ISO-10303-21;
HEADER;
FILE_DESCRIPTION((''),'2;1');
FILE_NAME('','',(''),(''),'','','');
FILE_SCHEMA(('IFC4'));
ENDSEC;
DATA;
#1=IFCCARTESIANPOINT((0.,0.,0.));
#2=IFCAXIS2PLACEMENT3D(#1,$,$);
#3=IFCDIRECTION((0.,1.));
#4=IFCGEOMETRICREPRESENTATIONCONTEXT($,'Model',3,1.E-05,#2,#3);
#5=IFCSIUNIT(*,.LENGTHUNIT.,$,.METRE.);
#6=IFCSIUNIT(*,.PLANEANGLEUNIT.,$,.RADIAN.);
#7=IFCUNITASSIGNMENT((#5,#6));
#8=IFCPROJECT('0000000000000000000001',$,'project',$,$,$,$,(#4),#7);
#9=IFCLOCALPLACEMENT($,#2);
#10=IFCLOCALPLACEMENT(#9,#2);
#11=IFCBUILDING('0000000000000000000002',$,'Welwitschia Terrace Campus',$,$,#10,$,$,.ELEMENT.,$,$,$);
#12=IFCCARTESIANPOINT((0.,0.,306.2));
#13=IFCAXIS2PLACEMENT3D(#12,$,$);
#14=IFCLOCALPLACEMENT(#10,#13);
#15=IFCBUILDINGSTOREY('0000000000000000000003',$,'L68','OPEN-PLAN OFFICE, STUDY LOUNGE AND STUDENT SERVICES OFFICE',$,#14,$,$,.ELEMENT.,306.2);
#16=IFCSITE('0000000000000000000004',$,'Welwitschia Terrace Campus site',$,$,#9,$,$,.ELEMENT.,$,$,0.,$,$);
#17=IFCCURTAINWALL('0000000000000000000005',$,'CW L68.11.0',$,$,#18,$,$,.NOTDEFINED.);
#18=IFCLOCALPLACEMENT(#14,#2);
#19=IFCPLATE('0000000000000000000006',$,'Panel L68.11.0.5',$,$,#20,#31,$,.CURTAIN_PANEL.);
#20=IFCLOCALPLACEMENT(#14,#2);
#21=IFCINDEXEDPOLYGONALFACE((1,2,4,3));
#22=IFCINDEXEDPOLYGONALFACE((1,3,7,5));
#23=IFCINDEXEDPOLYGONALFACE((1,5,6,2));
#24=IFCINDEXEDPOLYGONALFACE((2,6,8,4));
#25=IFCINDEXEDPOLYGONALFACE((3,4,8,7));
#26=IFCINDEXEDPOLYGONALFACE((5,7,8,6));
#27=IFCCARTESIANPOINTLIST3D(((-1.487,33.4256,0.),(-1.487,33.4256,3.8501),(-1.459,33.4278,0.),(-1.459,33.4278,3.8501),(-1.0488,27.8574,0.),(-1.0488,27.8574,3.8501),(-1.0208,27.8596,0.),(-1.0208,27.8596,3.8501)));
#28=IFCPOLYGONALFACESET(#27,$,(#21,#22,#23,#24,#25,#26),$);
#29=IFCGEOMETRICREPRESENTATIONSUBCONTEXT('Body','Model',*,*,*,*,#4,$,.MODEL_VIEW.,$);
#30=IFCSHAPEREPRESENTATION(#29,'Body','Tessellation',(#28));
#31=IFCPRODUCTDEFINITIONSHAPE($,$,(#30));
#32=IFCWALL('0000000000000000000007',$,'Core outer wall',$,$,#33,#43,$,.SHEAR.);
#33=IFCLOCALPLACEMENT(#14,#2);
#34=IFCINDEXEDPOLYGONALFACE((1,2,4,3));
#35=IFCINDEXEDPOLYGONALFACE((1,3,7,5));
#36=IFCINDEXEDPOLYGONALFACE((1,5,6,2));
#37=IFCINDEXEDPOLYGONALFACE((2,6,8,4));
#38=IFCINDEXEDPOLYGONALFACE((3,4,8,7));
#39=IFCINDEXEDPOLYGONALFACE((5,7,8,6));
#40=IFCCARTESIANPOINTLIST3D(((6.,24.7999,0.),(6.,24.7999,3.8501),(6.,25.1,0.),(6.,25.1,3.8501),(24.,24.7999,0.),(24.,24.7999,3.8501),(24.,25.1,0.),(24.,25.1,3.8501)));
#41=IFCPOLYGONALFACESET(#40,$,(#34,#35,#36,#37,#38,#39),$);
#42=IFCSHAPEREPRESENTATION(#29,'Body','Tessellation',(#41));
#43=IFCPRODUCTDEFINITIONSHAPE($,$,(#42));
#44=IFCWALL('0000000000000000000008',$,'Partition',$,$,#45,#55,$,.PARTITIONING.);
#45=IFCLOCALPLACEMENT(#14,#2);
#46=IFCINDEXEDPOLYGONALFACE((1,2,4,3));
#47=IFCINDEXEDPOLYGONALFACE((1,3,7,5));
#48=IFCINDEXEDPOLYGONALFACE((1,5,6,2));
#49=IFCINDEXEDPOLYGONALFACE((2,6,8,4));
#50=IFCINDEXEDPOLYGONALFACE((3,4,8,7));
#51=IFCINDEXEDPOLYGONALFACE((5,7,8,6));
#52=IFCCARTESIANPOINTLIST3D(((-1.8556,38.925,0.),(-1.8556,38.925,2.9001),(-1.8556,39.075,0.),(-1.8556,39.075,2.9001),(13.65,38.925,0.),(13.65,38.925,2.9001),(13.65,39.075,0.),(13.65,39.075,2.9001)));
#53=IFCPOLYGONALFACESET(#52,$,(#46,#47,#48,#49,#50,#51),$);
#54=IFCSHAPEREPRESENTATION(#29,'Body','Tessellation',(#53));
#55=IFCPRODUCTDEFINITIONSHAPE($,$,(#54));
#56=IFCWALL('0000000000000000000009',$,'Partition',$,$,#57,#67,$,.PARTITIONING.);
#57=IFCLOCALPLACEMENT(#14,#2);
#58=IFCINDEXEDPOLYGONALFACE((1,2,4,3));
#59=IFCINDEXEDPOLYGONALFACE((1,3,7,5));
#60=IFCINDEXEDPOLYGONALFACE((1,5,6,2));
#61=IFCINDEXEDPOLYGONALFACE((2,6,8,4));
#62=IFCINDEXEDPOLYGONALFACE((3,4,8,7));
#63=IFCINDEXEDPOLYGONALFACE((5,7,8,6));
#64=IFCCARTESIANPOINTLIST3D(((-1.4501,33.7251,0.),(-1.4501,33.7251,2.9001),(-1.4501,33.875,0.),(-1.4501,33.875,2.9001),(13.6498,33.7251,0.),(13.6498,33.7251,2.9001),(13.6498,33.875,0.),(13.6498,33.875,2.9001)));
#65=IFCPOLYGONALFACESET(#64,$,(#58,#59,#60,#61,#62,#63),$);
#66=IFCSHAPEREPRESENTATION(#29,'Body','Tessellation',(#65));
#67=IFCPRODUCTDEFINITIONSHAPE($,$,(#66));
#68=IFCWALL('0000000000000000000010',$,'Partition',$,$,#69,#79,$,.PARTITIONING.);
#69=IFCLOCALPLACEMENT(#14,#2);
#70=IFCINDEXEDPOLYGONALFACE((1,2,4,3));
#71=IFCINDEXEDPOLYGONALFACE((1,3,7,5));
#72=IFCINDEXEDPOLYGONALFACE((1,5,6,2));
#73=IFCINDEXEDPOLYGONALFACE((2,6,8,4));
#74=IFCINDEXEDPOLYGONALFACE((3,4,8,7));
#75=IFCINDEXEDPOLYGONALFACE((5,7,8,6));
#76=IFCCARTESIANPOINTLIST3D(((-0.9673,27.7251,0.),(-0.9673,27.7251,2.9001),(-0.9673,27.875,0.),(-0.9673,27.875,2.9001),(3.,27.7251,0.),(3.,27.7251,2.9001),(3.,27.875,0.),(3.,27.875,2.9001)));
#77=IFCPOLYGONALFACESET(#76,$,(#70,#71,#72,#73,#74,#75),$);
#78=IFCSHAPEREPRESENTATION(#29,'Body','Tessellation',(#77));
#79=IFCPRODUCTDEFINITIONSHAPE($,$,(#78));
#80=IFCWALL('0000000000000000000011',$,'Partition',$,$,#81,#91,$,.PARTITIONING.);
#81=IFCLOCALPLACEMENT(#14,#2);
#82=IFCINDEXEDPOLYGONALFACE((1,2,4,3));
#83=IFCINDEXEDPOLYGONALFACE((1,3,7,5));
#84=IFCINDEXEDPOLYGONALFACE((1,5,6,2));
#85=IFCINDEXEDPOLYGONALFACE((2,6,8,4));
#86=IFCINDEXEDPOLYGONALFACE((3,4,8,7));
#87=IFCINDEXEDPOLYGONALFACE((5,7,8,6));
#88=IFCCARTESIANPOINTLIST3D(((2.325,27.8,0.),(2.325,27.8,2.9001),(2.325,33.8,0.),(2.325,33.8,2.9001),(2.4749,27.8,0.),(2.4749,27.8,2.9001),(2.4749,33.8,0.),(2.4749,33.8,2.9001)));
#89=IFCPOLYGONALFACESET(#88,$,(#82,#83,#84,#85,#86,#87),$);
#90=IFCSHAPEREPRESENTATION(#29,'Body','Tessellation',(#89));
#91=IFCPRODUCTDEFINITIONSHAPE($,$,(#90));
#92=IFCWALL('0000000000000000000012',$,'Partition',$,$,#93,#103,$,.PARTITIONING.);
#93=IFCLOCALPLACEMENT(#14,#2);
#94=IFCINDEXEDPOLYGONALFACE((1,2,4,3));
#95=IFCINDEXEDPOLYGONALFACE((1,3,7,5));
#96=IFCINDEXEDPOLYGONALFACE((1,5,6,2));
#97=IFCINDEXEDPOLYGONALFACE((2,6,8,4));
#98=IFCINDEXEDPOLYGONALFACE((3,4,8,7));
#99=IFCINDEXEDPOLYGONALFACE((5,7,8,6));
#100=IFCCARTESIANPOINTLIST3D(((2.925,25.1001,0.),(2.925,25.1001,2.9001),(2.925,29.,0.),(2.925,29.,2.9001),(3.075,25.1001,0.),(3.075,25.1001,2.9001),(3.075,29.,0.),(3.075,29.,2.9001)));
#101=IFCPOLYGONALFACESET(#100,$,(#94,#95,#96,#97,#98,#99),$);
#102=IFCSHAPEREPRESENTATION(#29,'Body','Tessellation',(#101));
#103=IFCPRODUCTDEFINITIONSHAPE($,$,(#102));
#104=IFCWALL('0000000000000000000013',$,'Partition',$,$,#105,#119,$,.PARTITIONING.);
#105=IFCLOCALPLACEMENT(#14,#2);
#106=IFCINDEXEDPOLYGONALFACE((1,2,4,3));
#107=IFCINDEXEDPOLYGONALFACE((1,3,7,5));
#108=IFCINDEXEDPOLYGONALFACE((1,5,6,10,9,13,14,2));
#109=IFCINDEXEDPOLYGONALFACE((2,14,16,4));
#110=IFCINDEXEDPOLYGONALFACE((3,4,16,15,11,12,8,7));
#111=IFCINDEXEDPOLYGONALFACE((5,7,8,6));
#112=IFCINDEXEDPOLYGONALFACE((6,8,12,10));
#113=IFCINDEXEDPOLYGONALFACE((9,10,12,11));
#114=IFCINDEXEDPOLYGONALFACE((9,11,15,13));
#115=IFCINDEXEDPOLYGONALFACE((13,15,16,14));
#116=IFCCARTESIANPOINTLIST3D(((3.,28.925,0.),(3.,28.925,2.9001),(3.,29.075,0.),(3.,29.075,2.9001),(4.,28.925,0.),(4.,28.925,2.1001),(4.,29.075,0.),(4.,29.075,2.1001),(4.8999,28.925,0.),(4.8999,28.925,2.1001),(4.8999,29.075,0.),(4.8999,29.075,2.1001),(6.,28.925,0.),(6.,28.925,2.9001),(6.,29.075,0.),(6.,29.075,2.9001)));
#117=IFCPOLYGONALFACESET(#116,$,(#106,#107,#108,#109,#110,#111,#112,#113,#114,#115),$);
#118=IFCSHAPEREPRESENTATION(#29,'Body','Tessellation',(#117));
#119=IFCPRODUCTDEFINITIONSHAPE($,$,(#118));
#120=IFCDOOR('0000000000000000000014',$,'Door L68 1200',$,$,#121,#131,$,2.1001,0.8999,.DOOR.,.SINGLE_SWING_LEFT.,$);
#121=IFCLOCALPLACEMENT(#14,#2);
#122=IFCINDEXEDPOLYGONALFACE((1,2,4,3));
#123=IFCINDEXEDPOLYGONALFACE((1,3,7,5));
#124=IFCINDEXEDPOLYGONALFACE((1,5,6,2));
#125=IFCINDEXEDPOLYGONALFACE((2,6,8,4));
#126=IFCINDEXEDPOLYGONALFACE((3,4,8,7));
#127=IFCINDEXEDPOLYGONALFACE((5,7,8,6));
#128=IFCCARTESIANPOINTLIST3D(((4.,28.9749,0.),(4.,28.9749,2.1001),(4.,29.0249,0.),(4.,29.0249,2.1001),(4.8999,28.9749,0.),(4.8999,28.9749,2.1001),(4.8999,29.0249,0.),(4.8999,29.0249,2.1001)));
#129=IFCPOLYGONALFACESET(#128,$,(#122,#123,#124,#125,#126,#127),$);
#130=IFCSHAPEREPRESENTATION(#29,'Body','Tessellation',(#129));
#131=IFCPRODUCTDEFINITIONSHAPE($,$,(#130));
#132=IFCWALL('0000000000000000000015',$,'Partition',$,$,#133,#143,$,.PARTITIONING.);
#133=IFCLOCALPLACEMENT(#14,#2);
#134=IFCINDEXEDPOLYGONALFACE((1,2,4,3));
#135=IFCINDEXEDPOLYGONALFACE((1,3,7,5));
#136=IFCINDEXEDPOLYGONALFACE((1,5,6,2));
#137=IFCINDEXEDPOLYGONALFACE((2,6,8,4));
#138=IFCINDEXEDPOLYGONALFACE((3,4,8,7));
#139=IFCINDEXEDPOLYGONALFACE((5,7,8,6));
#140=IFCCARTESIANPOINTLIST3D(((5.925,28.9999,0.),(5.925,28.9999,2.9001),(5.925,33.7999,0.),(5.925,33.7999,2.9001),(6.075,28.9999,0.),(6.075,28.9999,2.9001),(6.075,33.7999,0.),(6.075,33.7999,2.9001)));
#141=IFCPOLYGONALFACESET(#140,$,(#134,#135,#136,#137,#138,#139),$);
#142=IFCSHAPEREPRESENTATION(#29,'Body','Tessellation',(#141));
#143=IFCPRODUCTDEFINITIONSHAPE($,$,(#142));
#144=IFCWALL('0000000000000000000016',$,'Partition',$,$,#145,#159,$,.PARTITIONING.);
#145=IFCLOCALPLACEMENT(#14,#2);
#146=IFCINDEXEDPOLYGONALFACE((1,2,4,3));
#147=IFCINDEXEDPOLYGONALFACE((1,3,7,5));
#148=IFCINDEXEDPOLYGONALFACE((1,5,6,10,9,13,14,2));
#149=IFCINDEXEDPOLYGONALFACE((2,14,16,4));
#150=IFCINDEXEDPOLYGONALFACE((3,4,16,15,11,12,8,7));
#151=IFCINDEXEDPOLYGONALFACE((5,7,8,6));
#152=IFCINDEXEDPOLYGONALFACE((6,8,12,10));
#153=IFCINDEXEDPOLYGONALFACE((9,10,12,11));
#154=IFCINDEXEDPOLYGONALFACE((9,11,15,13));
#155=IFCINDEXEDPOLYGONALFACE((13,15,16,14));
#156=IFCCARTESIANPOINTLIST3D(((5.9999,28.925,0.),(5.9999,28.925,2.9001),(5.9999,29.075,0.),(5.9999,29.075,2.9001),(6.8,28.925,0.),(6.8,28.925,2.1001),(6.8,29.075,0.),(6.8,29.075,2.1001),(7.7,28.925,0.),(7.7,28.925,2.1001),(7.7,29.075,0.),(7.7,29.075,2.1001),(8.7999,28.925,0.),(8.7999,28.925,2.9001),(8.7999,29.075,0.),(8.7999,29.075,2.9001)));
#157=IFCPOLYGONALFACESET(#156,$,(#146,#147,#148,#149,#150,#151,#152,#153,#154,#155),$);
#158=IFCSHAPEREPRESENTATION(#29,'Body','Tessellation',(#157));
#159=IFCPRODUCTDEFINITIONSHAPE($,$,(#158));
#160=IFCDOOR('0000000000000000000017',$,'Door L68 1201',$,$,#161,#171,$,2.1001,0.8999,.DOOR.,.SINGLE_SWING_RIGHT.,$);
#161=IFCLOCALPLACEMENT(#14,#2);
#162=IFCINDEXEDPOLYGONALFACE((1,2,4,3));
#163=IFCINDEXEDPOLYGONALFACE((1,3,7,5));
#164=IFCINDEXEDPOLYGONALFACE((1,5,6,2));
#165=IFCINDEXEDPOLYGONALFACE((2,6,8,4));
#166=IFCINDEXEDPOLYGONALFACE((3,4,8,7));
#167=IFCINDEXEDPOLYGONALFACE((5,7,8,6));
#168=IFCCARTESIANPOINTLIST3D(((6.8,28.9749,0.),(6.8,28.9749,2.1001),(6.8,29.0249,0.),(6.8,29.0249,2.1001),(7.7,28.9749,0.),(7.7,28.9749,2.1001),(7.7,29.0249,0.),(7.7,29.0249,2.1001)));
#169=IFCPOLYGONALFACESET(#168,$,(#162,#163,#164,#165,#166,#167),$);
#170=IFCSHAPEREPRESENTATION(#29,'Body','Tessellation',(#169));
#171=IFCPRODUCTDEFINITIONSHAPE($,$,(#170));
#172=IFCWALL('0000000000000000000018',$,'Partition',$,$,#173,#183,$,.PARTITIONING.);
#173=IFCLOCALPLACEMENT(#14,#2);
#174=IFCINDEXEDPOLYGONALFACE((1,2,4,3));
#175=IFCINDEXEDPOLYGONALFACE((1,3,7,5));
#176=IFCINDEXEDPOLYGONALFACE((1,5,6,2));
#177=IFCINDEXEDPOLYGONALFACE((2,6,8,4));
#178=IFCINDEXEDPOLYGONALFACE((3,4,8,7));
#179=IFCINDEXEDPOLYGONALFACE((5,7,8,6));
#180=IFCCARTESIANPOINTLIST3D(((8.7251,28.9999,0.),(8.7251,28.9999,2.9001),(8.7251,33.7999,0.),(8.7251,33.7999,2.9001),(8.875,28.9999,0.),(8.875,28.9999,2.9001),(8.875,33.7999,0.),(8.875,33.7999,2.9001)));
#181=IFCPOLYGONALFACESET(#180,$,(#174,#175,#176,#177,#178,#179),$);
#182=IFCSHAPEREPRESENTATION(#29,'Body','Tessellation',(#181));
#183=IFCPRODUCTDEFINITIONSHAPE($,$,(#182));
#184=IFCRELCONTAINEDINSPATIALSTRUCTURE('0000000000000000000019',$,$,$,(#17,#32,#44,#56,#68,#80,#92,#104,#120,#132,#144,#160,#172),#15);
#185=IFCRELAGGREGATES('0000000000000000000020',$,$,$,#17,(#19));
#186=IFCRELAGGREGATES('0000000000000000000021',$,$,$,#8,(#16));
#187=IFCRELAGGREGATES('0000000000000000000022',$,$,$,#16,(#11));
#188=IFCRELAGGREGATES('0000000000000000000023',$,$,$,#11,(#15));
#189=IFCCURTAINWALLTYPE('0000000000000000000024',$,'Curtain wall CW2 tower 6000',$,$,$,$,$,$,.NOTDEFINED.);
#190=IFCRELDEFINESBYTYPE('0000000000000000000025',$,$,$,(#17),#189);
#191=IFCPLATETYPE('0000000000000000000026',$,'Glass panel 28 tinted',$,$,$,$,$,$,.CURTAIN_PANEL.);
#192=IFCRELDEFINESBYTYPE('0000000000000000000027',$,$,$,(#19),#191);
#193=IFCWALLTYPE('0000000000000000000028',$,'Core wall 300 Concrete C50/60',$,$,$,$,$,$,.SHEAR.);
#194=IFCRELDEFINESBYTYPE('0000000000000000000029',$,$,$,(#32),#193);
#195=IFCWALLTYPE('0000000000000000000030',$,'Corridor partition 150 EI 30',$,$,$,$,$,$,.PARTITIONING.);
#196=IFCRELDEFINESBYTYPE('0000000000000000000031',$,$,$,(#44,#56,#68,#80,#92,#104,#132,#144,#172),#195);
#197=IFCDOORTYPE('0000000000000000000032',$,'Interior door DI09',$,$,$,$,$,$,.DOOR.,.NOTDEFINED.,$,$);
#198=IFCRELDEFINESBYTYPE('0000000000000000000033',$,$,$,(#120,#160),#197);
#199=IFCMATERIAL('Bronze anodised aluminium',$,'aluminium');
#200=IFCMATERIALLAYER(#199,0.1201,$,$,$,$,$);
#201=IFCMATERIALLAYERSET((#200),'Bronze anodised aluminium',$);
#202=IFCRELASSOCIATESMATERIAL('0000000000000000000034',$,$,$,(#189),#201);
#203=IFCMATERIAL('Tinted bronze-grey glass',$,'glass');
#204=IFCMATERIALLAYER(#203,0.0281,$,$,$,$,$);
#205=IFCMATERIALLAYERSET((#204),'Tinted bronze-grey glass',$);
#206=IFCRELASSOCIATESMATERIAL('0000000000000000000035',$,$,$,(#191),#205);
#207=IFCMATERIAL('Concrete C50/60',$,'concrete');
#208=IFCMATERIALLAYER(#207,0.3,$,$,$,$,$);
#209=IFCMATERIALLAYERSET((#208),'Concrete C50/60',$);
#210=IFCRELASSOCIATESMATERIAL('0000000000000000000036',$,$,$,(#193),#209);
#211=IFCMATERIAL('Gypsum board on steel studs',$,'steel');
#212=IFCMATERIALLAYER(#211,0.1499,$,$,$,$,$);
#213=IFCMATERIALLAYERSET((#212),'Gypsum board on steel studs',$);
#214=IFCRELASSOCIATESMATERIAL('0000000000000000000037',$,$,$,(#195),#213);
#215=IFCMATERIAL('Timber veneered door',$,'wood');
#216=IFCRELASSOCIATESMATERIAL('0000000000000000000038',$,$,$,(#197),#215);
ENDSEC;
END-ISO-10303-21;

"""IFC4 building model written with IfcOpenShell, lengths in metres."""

from ifc_helpers import new_model, si_unit, direction, frame, frame_2d, origin, origin_2d, place, context, subcontext, project, spatial, rectangle, extrude, material, layer, layer_set, type_object, element, fill, aggregate, save


model = new_model("IFC4")

# Units and contexts
model_context = context("Model", 3, precision=1e-05, world=origin(), true_north=direction((0.0, 1.0)))
body_context = subcontext(model_context, "Body", "Model", "MODEL_VIEW")
ifc_project = project(units=[si_unit("LENGTHUNIT", "METRE"), si_unit("PLANEANGLEUNIT", "RADIAN")], contexts=[model_context])

# Site, building, storey
site_placement = place(None, origin())
site = spatial("IfcSite", under=ifc_project, at=site_placement, Name="Welwitschia Terrace Campus site", CompositionType="ELEMENT", RefElevation=0.0)
building_placement = place(site_placement, origin())
building = spatial("IfcBuilding", under=site, at=building_placement, Name="Welwitschia Terrace Campus", CompositionType="ELEMENT")
storey_placement = place(building_placement, frame((0.0, 0.0, 306.2)))
storey = spatial("IfcBuildingStorey", under=building, at=storey_placement, Name="L68", Description="OPEN-PLAN OFFICE, STUDY LOUNGE AND STUDENT SERVICES OFFICE", CompositionType="ELEMENT", Elevation=306.2)

# Shared definitions
ifc_material_1 = material(Name="Bronze anodised aluminium", Category="aluminium")
ifc_layer_1 = layer(ifc_material_1, 0.1201)
ifc_layer_set_1 = layer_set([ifc_layer_1], Name="Bronze anodised aluminium")
curtain_wall_type = type_object("IfcCurtainWallType", Name="Curtain wall CW2 tower 6000", PredefinedType="NOTDEFINED", material=ifc_layer_set_1)

# Curtain wall
curtain_wall_1_placement = place(storey_placement, origin())
curtain_wall_1 = element("IfcCurtainWall", 1, at=curtain_wall_1_placement, inside=storey, type_object=curtain_wall_type, Name="CW L68.11.0", PredefinedType="NOTDEFINED")

# Plate
ifc_material_2 = material(Name="Tinted bronze-grey glass", Category="glass")
ifc_layer_2 = layer(ifc_material_2, 0.0281)
ifc_layer_set_2 = layer_set([ifc_layer_2], Name="Tinted bronze-grey glass")
plate_type = type_object("IfcPlateType", Name="Glass panel 28 tinted", PredefinedType="CURTAIN_PANEL", material=ifc_layer_set_2)
plate_1_placement = place(storey_placement, frame((-1.2539, 30.6426, 0.0), z_axis=(0.0, 0.0, 1.0), x_axis=(0.078459, -0.996917, 0.0)))
plate_1 = element("IfcPlate", 2, at=plate_1_placement, type_object=plate_type, Name="Panel L68.11.0.5", PredefinedType="CURTAIN_PANEL", context=body_context, shape_type="SweptSolid", body=[
    extrude(rectangle(XDim=5.5854, YDim=0.0281, at=origin_2d()), origin(), (0.0, 0.0, 1.0), 3.8501),
])
aggregate(curtain_wall_1, [plate_1])

# Walls
ifc_material_3 = material(Name="Concrete C50/60", Category="concrete")
ifc_layer_3 = layer(ifc_material_3, 0.3)
ifc_layer_set_3 = layer_set([ifc_layer_3], Name="Concrete C50/60")
wall_type_1 = type_object("IfcWallType", Name="Core wall 300 Concrete C50/60", PredefinedType="SHEAR", material=ifc_layer_set_3)
wall_1_placement = place(storey_placement, frame((6.0, 24.95, 0.0), z_axis=(0.0, 0.0, 1.0), x_axis=(1.0, 0.0, 0.0)))
element("IfcWall", 3, at=wall_1_placement, inside=storey, type_object=wall_type_1, Name="Core outer wall", PredefinedType="SHEAR", context=body_context, shape_type="SweptSolid", body=[
    extrude(rectangle(XDim=18.0, YDim=0.3, at=frame_2d((9.0, 0.0))), origin(), (0.0, 0.0, 1.0), 3.8501),
])
ifc_material_4 = material(Name="Gypsum board on steel studs", Category="steel")
ifc_layer_4 = layer(ifc_material_4, 0.1499)
ifc_layer_set_4 = layer_set([ifc_layer_4], Name="Gypsum board on steel studs")
wall_type_2 = type_object("IfcWallType", Name="Corridor partition 150 EI 30", PredefinedType="PARTITIONING", material=ifc_layer_set_4)
wall_2_placement = place(storey_placement, frame((-1.8557, 39.0, 0.0), z_axis=(0.0, 0.0, 1.0), x_axis=(1.0, 0.0, 0.0)))
element("IfcWall", 4, at=wall_2_placement, inside=storey, type_object=wall_type_2, Name="Partition", PredefinedType="PARTITIONING", context=body_context, shape_type="SweptSolid", body=[
    extrude(rectangle(XDim=15.5056, YDim=0.1499, at=frame_2d((7.7529, 0.0))), origin(), (0.0, 0.0, 1.0), 2.9001),
])
wall_3_placement = place(storey_placement, frame((-1.45, 33.8, 0.0), z_axis=(0.0, 0.0, 1.0), x_axis=(1.0, 0.0, 0.0)))
element("IfcWall", 5, at=wall_3_placement, inside=storey, type_object=wall_type_2, Name="Partition", PredefinedType="PARTITIONING", context=body_context, shape_type="SweptSolid", body=[
    extrude(rectangle(XDim=15.0999, YDim=0.1499, at=frame_2d((7.5498, 0.0))), origin(), (0.0, 0.0, 1.0), 2.9001),
])
wall_4_placement = place(storey_placement, frame((-0.9673, 27.8, 0.0), z_axis=(0.0, 0.0, 1.0), x_axis=(1.0, 0.0, 0.0)))
element("IfcWall", 6, at=wall_4_placement, inside=storey, type_object=wall_type_2, Name="Partition", PredefinedType="PARTITIONING", context=body_context, shape_type="SweptSolid", body=[
    extrude(rectangle(XDim=3.9673, YDim=0.1499, at=frame_2d((1.9836, 0.0))), origin(), (0.0, 0.0, 1.0), 2.9001),
])
wall_5_placement = place(storey_placement, frame((2.3999, 27.8, 0.0), z_axis=(0.0, 0.0, 1.0), x_axis=(0.0, 1.0, 0.0)))
element("IfcWall", 7, at=wall_5_placement, inside=storey, type_object=wall_type_2, Name="Partition", PredefinedType="PARTITIONING", context=body_context, shape_type="SweptSolid", body=[
    extrude(rectangle(XDim=6.0, YDim=0.1499, at=frame_2d((3.0, 0.0))), origin(), (0.0, 0.0, 1.0), 2.9001),
])
wall_6_placement = place(storey_placement, frame((3.0, 25.1001, 0.0), z_axis=(0.0, 0.0, 1.0), x_axis=(0.0, 1.0, 0.0)))
element("IfcWall", 8, at=wall_6_placement, inside=storey, type_object=wall_type_2, Name="Partition", PredefinedType="PARTITIONING", context=body_context, shape_type="SweptSolid", body=[
    extrude(rectangle(XDim=3.8999, YDim=0.1499, at=frame_2d((1.95, 0.0))), origin(), (0.0, 0.0, 1.0), 2.9001),
])

# Wall, opening, door
wall_7_placement = place(storey_placement, frame((3.0, 29.0, 0.0), z_axis=(0.0, 0.0, 1.0), x_axis=(1.0, 0.0, 0.0)))
wall_7 = element("IfcWall", 9, at=wall_7_placement, inside=storey, type_object=wall_type_2, Name="Partition", PredefinedType="PARTITIONING", context=body_context, shape_type="SweptSolid", body=[
    extrude(rectangle(XDim=3.0, YDim=0.1499, at=frame_2d((1.5, 0.0))), origin(), (0.0, 0.0, 1.0), 2.9001),
])
opening_1_placement = place(wall_7_placement, frame((1.0, 0.0, 0.0)))
opening_1 = element("IfcOpeningElement", 10, at=opening_1_placement, cuts=wall_7, PredefinedType="OPENING", context=body_context, shape_type="SweptSolid", body=[
    extrude(rectangle(XDim=0.8999, YDim=2.1001, at=frame_2d((0.45, 1.05))), frame((0.0, 0.085, 0.0), z_axis=(0.0, -1.0, 0.0), x_axis=(1.0, 0.0, 0.0)), (0.0, 0.0, 1.0), 0.1699),
])
ifc_material_5 = material(Name="Timber veneered door", Category="wood")
door_type = type_object("IfcDoorType", Name="Interior door DI09", OperationType="NOTDEFINED", PredefinedType="DOOR", material=ifc_material_5)
door_1_placement = place(opening_1_placement, origin())
door_1 = element("IfcDoor", 11, at=door_1_placement, inside=storey, type_object=door_type, Name="Door L68 1200", OperationType="SINGLE_SWING_LEFT", OverallHeight=2.1001, OverallWidth=0.8999, PredefinedType="DOOR", context=body_context, shape_type="SweptSolid", body=[
    extrude(rectangle(XDim=0.8999, YDim=2.1001, at=frame_2d((0.45, 1.05))), frame((0.0, 0.0249, 0.0), z_axis=(0.0, -1.0, 0.0), x_axis=(1.0, 0.0, 0.0)), (0.0, 0.0, 1.0), 0.05),
])
fill(opening_1, door_1)

# Wall
wall_8_placement = place(storey_placement, frame((6.0, 29.0, 0.0), z_axis=(0.0, 0.0, 1.0), x_axis=(0.0, 1.0, 0.0)))
element("IfcWall", 12, at=wall_8_placement, inside=storey, type_object=wall_type_2, Name="Partition", PredefinedType="PARTITIONING", context=body_context, shape_type="SweptSolid", body=[
    extrude(rectangle(XDim=4.8, YDim=0.1499, at=frame_2d((2.3999, 0.0))), origin(), (0.0, 0.0, 1.0), 2.9001),
])

# Wall, opening, door
wall_9_placement = place(storey_placement, frame((6.0, 29.0, 0.0), z_axis=(0.0, 0.0, 1.0), x_axis=(1.0, 0.0, 0.0)))
wall_9 = element("IfcWall", 13, at=wall_9_placement, inside=storey, type_object=wall_type_2, Name="Partition", PredefinedType="PARTITIONING", context=body_context, shape_type="SweptSolid", body=[
    extrude(rectangle(XDim=2.8, YDim=0.1499, at=frame_2d((1.3999, 0.0))), origin(), (0.0, 0.0, 1.0), 2.9001),
])
opening_2_placement = place(wall_9_placement, frame((0.8, 0.0, 0.0)))
opening_2 = element("IfcOpeningElement", 14, at=opening_2_placement, cuts=wall_9, PredefinedType="OPENING", context=body_context, shape_type="SweptSolid", body=[
    extrude(rectangle(XDim=0.8999, YDim=2.1001, at=frame_2d((0.45, 1.05))), frame((0.0, 0.085, 0.0), z_axis=(0.0, -1.0, 0.0), x_axis=(1.0, 0.0, 0.0)), (0.0, 0.0, 1.0), 0.1699),
])
door_2_placement = place(opening_2_placement, origin())
door_2 = element("IfcDoor", 15, at=door_2_placement, inside=storey, type_object=door_type, Name="Door L68 1201", OperationType="SINGLE_SWING_RIGHT", OverallHeight=2.1001, OverallWidth=0.8999, PredefinedType="DOOR", context=body_context, shape_type="SweptSolid", body=[
    extrude(rectangle(XDim=0.8999, YDim=2.1001, at=frame_2d((0.45, 1.05))), frame((0.0, 0.0249, 0.0), z_axis=(0.0, -1.0, 0.0), x_axis=(1.0, 0.0, 0.0)), (0.0, 0.0, 1.0), 0.05),
])
fill(opening_2, door_2)

# Wall
wall_10_placement = place(storey_placement, frame((8.8, 29.0, 0.0), z_axis=(0.0, 0.0, 1.0), x_axis=(0.0, 1.0, 0.0)))
element("IfcWall", 16, at=wall_10_placement, inside=storey, type_object=wall_type_2, Name="Partition", PredefinedType="PARTITIONING", context=body_context, shape_type="SweptSolid", body=[
    extrude(rectangle(XDim=4.8, YDim=0.1499, at=frame_2d((2.3999, 0.0))), origin(), (0.0, 0.0, 1.0), 2.9001),
])

save(model, "model.ifc")
